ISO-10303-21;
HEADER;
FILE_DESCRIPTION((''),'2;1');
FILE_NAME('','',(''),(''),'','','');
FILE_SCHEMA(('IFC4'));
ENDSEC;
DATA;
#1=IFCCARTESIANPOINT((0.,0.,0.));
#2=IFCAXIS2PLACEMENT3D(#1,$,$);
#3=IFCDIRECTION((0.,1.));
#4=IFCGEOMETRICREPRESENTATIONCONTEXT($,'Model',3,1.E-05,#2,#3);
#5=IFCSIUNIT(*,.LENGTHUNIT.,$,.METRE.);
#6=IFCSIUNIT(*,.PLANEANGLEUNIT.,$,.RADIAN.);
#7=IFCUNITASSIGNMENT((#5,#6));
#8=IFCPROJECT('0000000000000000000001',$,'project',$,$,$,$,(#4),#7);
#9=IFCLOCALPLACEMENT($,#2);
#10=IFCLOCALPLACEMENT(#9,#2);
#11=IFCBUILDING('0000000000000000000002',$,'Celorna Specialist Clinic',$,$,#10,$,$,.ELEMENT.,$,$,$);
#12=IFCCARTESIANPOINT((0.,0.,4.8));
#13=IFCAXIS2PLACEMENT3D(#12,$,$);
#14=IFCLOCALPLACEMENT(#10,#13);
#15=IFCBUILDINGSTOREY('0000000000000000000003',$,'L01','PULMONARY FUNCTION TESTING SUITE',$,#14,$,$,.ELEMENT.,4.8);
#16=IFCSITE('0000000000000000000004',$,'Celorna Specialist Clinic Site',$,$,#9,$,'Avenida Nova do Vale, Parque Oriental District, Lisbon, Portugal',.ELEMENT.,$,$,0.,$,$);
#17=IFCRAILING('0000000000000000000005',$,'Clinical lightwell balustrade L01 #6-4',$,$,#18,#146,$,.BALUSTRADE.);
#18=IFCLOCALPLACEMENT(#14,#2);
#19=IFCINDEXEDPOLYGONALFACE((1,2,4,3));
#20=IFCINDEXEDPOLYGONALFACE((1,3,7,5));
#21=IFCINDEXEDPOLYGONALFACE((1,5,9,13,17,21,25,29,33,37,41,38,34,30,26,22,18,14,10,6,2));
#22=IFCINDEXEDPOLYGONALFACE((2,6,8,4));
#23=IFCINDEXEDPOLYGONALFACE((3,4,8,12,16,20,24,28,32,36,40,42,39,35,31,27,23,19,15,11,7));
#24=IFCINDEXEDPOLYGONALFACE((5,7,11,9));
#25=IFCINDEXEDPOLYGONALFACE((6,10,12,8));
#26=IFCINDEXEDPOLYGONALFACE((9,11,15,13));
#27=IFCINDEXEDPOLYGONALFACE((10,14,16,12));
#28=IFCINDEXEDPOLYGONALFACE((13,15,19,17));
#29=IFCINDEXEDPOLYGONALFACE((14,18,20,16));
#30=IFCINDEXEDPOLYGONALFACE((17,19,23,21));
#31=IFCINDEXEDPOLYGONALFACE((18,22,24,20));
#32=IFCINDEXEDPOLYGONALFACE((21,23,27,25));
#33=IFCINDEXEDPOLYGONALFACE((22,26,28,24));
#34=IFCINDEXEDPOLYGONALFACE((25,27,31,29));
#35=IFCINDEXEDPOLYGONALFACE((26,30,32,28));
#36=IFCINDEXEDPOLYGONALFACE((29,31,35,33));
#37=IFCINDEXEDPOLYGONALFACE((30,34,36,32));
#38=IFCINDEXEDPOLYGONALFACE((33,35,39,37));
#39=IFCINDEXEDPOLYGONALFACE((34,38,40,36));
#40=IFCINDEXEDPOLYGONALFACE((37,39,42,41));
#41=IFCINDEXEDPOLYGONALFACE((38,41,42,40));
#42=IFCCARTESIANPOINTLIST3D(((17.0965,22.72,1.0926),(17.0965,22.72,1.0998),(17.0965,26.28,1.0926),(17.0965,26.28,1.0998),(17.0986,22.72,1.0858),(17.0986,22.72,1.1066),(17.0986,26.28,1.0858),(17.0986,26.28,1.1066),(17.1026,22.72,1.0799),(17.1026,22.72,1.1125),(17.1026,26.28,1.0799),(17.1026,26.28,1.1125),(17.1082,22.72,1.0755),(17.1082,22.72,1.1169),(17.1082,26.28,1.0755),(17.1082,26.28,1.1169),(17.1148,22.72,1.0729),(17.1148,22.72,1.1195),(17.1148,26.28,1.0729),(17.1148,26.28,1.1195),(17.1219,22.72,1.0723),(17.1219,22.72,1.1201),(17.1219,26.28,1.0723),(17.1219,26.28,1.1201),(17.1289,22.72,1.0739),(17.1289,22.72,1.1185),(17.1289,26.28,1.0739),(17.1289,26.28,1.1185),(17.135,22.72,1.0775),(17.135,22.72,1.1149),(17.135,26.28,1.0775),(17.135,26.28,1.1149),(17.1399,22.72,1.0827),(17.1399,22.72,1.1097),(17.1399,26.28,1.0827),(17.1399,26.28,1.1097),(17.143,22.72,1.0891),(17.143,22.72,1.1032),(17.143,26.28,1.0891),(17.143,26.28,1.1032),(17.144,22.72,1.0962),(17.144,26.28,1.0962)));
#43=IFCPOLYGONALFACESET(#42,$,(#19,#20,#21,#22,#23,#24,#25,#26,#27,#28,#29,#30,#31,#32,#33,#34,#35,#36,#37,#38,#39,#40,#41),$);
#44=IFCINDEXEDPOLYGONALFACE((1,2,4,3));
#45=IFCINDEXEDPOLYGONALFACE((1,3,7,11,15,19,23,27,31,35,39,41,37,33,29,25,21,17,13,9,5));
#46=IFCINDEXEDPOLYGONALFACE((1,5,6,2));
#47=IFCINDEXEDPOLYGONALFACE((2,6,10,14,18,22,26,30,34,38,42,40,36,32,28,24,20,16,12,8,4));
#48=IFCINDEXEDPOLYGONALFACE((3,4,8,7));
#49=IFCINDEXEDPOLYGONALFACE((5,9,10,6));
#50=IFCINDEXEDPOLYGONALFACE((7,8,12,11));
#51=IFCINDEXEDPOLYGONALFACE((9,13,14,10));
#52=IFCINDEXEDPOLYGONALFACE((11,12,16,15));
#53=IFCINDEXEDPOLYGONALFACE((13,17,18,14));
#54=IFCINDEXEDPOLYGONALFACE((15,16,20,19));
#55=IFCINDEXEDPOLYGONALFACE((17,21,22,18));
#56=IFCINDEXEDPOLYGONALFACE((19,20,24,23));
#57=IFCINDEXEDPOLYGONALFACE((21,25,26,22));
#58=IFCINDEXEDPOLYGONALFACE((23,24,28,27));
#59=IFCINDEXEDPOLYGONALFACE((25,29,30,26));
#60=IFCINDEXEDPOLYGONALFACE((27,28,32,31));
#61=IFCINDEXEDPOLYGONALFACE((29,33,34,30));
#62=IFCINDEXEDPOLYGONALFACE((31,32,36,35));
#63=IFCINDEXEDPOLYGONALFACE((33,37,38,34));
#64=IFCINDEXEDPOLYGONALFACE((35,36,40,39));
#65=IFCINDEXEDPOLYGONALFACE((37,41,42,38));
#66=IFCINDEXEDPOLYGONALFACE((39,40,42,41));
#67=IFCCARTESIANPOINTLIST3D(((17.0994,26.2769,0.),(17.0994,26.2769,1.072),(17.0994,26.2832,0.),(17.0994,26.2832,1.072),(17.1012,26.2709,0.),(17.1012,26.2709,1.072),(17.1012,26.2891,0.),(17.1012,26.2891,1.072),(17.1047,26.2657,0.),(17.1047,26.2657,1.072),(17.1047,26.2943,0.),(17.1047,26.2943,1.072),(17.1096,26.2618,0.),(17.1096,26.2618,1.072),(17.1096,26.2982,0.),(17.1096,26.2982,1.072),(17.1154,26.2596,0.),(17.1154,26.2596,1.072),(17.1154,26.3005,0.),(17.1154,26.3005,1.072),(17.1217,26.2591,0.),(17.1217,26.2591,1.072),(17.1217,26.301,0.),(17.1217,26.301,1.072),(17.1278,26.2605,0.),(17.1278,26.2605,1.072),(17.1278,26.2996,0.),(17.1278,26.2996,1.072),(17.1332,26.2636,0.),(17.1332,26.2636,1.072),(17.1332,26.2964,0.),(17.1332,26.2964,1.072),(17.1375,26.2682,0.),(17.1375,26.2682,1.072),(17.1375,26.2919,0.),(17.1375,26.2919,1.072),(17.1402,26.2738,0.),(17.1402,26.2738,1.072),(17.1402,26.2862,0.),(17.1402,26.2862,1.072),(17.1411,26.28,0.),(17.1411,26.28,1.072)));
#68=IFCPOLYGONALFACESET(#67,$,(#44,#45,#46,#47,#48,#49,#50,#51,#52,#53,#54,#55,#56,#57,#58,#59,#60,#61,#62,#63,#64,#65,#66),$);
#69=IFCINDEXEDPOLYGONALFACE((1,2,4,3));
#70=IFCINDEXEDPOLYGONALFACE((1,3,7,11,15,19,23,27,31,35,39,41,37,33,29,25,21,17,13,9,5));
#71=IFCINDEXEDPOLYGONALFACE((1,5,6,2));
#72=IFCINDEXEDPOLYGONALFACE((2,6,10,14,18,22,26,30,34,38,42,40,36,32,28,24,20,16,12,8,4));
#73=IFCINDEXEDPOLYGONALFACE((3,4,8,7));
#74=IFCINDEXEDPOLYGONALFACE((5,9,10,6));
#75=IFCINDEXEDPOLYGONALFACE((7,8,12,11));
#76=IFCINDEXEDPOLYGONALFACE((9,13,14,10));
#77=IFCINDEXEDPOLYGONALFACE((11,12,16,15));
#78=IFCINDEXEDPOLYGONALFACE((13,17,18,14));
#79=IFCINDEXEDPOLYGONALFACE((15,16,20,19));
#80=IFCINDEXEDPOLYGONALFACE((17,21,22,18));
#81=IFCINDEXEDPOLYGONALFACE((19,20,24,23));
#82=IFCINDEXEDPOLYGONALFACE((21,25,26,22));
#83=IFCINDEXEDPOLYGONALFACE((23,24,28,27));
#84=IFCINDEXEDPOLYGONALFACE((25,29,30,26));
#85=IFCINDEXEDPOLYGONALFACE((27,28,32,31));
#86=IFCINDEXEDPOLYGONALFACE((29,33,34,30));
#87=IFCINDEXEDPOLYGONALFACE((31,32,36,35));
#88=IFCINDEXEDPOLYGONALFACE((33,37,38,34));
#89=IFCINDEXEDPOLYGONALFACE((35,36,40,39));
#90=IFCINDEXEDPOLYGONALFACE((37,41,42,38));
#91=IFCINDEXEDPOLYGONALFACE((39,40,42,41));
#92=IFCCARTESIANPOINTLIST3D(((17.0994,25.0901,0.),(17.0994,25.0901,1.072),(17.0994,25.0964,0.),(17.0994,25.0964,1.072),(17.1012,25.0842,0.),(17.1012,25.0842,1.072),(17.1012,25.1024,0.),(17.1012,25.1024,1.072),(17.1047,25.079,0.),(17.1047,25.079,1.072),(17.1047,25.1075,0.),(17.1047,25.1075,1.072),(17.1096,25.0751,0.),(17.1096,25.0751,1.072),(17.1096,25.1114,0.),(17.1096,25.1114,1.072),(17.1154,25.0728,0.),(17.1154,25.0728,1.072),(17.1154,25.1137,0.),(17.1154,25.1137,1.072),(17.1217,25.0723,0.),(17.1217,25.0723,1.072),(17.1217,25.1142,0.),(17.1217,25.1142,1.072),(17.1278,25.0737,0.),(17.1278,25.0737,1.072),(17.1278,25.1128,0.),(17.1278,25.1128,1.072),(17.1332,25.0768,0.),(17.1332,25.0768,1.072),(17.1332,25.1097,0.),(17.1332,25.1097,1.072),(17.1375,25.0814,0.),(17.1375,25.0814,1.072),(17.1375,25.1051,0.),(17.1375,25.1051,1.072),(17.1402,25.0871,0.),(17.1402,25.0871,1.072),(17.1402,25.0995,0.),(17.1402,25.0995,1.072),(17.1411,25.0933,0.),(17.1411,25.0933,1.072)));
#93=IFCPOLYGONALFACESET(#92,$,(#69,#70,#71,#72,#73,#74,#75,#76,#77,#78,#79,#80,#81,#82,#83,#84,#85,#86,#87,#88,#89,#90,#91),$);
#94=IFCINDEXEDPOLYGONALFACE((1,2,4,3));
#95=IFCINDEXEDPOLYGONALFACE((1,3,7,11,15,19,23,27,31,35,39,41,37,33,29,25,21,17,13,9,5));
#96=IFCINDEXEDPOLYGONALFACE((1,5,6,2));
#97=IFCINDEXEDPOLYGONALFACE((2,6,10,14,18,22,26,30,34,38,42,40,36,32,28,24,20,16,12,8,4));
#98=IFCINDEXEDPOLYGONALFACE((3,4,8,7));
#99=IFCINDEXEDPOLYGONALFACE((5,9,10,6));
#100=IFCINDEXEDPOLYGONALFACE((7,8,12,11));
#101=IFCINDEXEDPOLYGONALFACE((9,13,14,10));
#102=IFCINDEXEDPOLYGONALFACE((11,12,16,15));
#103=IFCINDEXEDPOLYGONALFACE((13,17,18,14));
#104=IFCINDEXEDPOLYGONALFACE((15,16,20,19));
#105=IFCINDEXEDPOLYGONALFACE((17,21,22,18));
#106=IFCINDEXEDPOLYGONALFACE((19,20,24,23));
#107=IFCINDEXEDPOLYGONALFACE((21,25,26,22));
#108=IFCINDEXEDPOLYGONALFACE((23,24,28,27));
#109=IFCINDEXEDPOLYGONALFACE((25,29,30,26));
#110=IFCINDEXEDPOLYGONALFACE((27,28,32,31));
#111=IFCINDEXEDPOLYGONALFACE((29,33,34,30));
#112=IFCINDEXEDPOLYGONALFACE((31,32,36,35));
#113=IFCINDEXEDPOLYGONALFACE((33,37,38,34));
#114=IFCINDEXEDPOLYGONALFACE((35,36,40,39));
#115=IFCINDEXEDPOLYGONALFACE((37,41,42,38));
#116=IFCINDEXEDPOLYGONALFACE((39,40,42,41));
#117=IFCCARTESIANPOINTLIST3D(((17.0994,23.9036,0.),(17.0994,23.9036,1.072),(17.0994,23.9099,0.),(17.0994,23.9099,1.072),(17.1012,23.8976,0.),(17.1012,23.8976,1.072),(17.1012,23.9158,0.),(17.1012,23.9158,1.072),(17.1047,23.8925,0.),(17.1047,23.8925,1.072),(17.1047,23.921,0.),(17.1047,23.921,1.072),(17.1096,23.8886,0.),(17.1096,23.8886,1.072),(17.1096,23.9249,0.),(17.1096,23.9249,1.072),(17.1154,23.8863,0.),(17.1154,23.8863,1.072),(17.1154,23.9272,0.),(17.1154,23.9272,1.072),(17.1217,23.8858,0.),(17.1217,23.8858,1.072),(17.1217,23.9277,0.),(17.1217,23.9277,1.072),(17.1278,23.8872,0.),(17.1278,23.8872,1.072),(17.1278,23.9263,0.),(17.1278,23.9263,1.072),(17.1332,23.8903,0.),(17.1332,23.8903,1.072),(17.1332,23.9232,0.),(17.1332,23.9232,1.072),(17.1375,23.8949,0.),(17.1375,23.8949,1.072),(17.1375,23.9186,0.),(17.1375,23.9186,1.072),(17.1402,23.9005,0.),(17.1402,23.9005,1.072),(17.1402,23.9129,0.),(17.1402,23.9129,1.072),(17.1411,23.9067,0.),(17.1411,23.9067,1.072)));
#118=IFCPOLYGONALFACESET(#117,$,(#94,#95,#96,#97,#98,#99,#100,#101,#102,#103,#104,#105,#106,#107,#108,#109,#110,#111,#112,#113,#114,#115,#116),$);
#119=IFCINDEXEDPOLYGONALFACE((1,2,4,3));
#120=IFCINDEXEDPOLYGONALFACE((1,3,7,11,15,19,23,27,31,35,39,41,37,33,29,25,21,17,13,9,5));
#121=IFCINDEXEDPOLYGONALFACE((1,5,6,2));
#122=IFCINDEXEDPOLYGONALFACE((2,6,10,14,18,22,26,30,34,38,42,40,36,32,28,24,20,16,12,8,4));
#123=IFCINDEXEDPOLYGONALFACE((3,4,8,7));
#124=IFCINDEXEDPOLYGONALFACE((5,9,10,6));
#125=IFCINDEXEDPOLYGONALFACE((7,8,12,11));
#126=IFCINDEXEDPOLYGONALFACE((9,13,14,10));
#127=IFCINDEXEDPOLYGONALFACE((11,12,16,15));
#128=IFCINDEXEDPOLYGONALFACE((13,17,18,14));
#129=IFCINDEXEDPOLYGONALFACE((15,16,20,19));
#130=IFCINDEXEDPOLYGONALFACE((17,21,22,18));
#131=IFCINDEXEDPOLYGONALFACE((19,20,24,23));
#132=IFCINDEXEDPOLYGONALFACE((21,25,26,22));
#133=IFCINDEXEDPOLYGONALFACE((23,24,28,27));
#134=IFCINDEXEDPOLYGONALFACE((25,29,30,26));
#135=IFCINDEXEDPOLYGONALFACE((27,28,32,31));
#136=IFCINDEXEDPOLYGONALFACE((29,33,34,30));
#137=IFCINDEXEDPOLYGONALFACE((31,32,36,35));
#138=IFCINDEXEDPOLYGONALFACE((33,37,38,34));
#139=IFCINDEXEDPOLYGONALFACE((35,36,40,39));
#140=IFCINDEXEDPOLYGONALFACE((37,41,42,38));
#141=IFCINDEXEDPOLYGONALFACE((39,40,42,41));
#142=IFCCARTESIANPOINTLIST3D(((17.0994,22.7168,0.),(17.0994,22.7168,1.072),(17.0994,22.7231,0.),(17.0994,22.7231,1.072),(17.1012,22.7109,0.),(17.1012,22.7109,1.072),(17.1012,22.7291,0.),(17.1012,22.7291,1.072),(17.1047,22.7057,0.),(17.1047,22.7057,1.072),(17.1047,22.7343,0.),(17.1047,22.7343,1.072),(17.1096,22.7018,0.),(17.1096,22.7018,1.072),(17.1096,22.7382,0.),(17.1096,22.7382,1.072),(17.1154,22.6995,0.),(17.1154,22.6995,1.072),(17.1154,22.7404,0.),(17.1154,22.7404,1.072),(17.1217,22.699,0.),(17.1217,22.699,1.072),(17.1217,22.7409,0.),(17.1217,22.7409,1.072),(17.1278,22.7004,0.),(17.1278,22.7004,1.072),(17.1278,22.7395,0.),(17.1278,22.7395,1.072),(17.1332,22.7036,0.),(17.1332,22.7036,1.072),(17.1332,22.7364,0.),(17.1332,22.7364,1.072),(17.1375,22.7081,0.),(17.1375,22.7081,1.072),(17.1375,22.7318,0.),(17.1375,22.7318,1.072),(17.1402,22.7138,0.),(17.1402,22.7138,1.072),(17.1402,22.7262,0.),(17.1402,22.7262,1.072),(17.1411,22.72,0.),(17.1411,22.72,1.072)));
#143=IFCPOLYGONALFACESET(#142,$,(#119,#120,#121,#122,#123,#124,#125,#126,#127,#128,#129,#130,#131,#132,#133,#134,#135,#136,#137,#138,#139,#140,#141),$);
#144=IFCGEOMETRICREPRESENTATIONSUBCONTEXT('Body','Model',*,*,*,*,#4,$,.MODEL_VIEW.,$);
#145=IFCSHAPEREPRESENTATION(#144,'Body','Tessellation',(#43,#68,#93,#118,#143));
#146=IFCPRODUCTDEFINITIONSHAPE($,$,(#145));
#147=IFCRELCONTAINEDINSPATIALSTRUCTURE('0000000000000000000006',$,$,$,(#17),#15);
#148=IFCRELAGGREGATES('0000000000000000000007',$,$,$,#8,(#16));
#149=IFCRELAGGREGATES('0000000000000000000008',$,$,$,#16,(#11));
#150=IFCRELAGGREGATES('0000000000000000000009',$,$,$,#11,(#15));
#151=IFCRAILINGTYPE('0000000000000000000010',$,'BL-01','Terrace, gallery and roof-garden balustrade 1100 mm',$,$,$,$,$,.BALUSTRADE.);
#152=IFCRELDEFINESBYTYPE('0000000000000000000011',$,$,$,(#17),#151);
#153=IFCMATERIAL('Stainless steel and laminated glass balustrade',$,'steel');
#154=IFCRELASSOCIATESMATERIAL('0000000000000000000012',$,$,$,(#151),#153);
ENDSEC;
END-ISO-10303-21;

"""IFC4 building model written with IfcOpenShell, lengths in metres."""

from ifc_helpers import new_model, si_unit, direction, frame, origin, origin_2d, place, context, subcontext, project, spatial, circle, extrude, material, type_object, element, save


model = new_model("IFC4")

# Units and contexts
model_context = context("Model", 3, precision=1e-05, world=origin(), true_north=direction((0.0, 1.0)))
body_context = subcontext(model_context, "Body", "Model", "MODEL_VIEW")
ifc_project = project(units=[si_unit("LENGTHUNIT", "METRE"), si_unit("PLANEANGLEUNIT", "RADIAN")], contexts=[model_context])

# Site, building, storey
site_placement = place(None, origin())
site = spatial("IfcSite", under=ifc_project, at=site_placement, Name="Celorna Specialist Clinic Site", LongName="Avenida Nova do Vale, Parque Oriental District, Lisbon, Portugal", CompositionType="ELEMENT", RefElevation=0.0)
building_placement = place(site_placement, origin())
building = spatial("IfcBuilding", under=site, at=building_placement, Name="Celorna Specialist Clinic", CompositionType="ELEMENT")
storey_placement = place(building_placement, frame((0.0, 0.0, 4.8)))
storey = spatial("IfcBuildingStorey", under=building, at=storey_placement, Name="L01", Description="PULMONARY FUNCTION TESTING SUITE", CompositionType="ELEMENT", Elevation=4.8)

# Railing
ifc_material_1 = material(Name="Stainless steel and laminated glass balustrade", Category="steel")
railing_type = type_object("IfcRailingType", Name="BL-01", Description="Terrace, gallery and roof-garden balustrade 1100 mm", PredefinedType="BALUSTRADE", material=ifc_material_1)
railing_placement = place(storey_placement, frame((17.1201, 26.28, 0.0)))
element("IfcRailing", 1, at=railing_placement, inside=storey, type_object=railing_type, Name="Clinical lightwell balustrade L01 #6-4", PredefinedType="BALUSTRADE", context=body_context, shape_type="SweptSolid", body=[
    extrude(circle(Radius=0.0239, at=origin_2d()), frame((0.0, 0.0, 1.0962), z_axis=(0.0, -1.0, 0.0), x_axis=(1.0, 0.0, 0.0)), (0.0, 0.0, 1.0), 3.5601),
    extrude(circle(Radius=0.021, at=origin_2d()), origin(), (0.0, 0.0, 1.0), 1.072),
    extrude(circle(Radius=0.021, at=origin_2d()), frame((0.0, -1.1868, 0.0)), (0.0, 0.0, 1.0), 1.072),
    extrude(circle(Radius=0.021, at=origin_2d()), frame((0.0, -2.3733, 0.0)), (0.0, 0.0, 1.0), 1.072),
    extrude(circle(Radius=0.021, at=origin_2d()), frame((0.0, -3.5601, 0.0)), (0.0, 0.0, 1.0), 1.072),
])

save(model, "model.ifc")
